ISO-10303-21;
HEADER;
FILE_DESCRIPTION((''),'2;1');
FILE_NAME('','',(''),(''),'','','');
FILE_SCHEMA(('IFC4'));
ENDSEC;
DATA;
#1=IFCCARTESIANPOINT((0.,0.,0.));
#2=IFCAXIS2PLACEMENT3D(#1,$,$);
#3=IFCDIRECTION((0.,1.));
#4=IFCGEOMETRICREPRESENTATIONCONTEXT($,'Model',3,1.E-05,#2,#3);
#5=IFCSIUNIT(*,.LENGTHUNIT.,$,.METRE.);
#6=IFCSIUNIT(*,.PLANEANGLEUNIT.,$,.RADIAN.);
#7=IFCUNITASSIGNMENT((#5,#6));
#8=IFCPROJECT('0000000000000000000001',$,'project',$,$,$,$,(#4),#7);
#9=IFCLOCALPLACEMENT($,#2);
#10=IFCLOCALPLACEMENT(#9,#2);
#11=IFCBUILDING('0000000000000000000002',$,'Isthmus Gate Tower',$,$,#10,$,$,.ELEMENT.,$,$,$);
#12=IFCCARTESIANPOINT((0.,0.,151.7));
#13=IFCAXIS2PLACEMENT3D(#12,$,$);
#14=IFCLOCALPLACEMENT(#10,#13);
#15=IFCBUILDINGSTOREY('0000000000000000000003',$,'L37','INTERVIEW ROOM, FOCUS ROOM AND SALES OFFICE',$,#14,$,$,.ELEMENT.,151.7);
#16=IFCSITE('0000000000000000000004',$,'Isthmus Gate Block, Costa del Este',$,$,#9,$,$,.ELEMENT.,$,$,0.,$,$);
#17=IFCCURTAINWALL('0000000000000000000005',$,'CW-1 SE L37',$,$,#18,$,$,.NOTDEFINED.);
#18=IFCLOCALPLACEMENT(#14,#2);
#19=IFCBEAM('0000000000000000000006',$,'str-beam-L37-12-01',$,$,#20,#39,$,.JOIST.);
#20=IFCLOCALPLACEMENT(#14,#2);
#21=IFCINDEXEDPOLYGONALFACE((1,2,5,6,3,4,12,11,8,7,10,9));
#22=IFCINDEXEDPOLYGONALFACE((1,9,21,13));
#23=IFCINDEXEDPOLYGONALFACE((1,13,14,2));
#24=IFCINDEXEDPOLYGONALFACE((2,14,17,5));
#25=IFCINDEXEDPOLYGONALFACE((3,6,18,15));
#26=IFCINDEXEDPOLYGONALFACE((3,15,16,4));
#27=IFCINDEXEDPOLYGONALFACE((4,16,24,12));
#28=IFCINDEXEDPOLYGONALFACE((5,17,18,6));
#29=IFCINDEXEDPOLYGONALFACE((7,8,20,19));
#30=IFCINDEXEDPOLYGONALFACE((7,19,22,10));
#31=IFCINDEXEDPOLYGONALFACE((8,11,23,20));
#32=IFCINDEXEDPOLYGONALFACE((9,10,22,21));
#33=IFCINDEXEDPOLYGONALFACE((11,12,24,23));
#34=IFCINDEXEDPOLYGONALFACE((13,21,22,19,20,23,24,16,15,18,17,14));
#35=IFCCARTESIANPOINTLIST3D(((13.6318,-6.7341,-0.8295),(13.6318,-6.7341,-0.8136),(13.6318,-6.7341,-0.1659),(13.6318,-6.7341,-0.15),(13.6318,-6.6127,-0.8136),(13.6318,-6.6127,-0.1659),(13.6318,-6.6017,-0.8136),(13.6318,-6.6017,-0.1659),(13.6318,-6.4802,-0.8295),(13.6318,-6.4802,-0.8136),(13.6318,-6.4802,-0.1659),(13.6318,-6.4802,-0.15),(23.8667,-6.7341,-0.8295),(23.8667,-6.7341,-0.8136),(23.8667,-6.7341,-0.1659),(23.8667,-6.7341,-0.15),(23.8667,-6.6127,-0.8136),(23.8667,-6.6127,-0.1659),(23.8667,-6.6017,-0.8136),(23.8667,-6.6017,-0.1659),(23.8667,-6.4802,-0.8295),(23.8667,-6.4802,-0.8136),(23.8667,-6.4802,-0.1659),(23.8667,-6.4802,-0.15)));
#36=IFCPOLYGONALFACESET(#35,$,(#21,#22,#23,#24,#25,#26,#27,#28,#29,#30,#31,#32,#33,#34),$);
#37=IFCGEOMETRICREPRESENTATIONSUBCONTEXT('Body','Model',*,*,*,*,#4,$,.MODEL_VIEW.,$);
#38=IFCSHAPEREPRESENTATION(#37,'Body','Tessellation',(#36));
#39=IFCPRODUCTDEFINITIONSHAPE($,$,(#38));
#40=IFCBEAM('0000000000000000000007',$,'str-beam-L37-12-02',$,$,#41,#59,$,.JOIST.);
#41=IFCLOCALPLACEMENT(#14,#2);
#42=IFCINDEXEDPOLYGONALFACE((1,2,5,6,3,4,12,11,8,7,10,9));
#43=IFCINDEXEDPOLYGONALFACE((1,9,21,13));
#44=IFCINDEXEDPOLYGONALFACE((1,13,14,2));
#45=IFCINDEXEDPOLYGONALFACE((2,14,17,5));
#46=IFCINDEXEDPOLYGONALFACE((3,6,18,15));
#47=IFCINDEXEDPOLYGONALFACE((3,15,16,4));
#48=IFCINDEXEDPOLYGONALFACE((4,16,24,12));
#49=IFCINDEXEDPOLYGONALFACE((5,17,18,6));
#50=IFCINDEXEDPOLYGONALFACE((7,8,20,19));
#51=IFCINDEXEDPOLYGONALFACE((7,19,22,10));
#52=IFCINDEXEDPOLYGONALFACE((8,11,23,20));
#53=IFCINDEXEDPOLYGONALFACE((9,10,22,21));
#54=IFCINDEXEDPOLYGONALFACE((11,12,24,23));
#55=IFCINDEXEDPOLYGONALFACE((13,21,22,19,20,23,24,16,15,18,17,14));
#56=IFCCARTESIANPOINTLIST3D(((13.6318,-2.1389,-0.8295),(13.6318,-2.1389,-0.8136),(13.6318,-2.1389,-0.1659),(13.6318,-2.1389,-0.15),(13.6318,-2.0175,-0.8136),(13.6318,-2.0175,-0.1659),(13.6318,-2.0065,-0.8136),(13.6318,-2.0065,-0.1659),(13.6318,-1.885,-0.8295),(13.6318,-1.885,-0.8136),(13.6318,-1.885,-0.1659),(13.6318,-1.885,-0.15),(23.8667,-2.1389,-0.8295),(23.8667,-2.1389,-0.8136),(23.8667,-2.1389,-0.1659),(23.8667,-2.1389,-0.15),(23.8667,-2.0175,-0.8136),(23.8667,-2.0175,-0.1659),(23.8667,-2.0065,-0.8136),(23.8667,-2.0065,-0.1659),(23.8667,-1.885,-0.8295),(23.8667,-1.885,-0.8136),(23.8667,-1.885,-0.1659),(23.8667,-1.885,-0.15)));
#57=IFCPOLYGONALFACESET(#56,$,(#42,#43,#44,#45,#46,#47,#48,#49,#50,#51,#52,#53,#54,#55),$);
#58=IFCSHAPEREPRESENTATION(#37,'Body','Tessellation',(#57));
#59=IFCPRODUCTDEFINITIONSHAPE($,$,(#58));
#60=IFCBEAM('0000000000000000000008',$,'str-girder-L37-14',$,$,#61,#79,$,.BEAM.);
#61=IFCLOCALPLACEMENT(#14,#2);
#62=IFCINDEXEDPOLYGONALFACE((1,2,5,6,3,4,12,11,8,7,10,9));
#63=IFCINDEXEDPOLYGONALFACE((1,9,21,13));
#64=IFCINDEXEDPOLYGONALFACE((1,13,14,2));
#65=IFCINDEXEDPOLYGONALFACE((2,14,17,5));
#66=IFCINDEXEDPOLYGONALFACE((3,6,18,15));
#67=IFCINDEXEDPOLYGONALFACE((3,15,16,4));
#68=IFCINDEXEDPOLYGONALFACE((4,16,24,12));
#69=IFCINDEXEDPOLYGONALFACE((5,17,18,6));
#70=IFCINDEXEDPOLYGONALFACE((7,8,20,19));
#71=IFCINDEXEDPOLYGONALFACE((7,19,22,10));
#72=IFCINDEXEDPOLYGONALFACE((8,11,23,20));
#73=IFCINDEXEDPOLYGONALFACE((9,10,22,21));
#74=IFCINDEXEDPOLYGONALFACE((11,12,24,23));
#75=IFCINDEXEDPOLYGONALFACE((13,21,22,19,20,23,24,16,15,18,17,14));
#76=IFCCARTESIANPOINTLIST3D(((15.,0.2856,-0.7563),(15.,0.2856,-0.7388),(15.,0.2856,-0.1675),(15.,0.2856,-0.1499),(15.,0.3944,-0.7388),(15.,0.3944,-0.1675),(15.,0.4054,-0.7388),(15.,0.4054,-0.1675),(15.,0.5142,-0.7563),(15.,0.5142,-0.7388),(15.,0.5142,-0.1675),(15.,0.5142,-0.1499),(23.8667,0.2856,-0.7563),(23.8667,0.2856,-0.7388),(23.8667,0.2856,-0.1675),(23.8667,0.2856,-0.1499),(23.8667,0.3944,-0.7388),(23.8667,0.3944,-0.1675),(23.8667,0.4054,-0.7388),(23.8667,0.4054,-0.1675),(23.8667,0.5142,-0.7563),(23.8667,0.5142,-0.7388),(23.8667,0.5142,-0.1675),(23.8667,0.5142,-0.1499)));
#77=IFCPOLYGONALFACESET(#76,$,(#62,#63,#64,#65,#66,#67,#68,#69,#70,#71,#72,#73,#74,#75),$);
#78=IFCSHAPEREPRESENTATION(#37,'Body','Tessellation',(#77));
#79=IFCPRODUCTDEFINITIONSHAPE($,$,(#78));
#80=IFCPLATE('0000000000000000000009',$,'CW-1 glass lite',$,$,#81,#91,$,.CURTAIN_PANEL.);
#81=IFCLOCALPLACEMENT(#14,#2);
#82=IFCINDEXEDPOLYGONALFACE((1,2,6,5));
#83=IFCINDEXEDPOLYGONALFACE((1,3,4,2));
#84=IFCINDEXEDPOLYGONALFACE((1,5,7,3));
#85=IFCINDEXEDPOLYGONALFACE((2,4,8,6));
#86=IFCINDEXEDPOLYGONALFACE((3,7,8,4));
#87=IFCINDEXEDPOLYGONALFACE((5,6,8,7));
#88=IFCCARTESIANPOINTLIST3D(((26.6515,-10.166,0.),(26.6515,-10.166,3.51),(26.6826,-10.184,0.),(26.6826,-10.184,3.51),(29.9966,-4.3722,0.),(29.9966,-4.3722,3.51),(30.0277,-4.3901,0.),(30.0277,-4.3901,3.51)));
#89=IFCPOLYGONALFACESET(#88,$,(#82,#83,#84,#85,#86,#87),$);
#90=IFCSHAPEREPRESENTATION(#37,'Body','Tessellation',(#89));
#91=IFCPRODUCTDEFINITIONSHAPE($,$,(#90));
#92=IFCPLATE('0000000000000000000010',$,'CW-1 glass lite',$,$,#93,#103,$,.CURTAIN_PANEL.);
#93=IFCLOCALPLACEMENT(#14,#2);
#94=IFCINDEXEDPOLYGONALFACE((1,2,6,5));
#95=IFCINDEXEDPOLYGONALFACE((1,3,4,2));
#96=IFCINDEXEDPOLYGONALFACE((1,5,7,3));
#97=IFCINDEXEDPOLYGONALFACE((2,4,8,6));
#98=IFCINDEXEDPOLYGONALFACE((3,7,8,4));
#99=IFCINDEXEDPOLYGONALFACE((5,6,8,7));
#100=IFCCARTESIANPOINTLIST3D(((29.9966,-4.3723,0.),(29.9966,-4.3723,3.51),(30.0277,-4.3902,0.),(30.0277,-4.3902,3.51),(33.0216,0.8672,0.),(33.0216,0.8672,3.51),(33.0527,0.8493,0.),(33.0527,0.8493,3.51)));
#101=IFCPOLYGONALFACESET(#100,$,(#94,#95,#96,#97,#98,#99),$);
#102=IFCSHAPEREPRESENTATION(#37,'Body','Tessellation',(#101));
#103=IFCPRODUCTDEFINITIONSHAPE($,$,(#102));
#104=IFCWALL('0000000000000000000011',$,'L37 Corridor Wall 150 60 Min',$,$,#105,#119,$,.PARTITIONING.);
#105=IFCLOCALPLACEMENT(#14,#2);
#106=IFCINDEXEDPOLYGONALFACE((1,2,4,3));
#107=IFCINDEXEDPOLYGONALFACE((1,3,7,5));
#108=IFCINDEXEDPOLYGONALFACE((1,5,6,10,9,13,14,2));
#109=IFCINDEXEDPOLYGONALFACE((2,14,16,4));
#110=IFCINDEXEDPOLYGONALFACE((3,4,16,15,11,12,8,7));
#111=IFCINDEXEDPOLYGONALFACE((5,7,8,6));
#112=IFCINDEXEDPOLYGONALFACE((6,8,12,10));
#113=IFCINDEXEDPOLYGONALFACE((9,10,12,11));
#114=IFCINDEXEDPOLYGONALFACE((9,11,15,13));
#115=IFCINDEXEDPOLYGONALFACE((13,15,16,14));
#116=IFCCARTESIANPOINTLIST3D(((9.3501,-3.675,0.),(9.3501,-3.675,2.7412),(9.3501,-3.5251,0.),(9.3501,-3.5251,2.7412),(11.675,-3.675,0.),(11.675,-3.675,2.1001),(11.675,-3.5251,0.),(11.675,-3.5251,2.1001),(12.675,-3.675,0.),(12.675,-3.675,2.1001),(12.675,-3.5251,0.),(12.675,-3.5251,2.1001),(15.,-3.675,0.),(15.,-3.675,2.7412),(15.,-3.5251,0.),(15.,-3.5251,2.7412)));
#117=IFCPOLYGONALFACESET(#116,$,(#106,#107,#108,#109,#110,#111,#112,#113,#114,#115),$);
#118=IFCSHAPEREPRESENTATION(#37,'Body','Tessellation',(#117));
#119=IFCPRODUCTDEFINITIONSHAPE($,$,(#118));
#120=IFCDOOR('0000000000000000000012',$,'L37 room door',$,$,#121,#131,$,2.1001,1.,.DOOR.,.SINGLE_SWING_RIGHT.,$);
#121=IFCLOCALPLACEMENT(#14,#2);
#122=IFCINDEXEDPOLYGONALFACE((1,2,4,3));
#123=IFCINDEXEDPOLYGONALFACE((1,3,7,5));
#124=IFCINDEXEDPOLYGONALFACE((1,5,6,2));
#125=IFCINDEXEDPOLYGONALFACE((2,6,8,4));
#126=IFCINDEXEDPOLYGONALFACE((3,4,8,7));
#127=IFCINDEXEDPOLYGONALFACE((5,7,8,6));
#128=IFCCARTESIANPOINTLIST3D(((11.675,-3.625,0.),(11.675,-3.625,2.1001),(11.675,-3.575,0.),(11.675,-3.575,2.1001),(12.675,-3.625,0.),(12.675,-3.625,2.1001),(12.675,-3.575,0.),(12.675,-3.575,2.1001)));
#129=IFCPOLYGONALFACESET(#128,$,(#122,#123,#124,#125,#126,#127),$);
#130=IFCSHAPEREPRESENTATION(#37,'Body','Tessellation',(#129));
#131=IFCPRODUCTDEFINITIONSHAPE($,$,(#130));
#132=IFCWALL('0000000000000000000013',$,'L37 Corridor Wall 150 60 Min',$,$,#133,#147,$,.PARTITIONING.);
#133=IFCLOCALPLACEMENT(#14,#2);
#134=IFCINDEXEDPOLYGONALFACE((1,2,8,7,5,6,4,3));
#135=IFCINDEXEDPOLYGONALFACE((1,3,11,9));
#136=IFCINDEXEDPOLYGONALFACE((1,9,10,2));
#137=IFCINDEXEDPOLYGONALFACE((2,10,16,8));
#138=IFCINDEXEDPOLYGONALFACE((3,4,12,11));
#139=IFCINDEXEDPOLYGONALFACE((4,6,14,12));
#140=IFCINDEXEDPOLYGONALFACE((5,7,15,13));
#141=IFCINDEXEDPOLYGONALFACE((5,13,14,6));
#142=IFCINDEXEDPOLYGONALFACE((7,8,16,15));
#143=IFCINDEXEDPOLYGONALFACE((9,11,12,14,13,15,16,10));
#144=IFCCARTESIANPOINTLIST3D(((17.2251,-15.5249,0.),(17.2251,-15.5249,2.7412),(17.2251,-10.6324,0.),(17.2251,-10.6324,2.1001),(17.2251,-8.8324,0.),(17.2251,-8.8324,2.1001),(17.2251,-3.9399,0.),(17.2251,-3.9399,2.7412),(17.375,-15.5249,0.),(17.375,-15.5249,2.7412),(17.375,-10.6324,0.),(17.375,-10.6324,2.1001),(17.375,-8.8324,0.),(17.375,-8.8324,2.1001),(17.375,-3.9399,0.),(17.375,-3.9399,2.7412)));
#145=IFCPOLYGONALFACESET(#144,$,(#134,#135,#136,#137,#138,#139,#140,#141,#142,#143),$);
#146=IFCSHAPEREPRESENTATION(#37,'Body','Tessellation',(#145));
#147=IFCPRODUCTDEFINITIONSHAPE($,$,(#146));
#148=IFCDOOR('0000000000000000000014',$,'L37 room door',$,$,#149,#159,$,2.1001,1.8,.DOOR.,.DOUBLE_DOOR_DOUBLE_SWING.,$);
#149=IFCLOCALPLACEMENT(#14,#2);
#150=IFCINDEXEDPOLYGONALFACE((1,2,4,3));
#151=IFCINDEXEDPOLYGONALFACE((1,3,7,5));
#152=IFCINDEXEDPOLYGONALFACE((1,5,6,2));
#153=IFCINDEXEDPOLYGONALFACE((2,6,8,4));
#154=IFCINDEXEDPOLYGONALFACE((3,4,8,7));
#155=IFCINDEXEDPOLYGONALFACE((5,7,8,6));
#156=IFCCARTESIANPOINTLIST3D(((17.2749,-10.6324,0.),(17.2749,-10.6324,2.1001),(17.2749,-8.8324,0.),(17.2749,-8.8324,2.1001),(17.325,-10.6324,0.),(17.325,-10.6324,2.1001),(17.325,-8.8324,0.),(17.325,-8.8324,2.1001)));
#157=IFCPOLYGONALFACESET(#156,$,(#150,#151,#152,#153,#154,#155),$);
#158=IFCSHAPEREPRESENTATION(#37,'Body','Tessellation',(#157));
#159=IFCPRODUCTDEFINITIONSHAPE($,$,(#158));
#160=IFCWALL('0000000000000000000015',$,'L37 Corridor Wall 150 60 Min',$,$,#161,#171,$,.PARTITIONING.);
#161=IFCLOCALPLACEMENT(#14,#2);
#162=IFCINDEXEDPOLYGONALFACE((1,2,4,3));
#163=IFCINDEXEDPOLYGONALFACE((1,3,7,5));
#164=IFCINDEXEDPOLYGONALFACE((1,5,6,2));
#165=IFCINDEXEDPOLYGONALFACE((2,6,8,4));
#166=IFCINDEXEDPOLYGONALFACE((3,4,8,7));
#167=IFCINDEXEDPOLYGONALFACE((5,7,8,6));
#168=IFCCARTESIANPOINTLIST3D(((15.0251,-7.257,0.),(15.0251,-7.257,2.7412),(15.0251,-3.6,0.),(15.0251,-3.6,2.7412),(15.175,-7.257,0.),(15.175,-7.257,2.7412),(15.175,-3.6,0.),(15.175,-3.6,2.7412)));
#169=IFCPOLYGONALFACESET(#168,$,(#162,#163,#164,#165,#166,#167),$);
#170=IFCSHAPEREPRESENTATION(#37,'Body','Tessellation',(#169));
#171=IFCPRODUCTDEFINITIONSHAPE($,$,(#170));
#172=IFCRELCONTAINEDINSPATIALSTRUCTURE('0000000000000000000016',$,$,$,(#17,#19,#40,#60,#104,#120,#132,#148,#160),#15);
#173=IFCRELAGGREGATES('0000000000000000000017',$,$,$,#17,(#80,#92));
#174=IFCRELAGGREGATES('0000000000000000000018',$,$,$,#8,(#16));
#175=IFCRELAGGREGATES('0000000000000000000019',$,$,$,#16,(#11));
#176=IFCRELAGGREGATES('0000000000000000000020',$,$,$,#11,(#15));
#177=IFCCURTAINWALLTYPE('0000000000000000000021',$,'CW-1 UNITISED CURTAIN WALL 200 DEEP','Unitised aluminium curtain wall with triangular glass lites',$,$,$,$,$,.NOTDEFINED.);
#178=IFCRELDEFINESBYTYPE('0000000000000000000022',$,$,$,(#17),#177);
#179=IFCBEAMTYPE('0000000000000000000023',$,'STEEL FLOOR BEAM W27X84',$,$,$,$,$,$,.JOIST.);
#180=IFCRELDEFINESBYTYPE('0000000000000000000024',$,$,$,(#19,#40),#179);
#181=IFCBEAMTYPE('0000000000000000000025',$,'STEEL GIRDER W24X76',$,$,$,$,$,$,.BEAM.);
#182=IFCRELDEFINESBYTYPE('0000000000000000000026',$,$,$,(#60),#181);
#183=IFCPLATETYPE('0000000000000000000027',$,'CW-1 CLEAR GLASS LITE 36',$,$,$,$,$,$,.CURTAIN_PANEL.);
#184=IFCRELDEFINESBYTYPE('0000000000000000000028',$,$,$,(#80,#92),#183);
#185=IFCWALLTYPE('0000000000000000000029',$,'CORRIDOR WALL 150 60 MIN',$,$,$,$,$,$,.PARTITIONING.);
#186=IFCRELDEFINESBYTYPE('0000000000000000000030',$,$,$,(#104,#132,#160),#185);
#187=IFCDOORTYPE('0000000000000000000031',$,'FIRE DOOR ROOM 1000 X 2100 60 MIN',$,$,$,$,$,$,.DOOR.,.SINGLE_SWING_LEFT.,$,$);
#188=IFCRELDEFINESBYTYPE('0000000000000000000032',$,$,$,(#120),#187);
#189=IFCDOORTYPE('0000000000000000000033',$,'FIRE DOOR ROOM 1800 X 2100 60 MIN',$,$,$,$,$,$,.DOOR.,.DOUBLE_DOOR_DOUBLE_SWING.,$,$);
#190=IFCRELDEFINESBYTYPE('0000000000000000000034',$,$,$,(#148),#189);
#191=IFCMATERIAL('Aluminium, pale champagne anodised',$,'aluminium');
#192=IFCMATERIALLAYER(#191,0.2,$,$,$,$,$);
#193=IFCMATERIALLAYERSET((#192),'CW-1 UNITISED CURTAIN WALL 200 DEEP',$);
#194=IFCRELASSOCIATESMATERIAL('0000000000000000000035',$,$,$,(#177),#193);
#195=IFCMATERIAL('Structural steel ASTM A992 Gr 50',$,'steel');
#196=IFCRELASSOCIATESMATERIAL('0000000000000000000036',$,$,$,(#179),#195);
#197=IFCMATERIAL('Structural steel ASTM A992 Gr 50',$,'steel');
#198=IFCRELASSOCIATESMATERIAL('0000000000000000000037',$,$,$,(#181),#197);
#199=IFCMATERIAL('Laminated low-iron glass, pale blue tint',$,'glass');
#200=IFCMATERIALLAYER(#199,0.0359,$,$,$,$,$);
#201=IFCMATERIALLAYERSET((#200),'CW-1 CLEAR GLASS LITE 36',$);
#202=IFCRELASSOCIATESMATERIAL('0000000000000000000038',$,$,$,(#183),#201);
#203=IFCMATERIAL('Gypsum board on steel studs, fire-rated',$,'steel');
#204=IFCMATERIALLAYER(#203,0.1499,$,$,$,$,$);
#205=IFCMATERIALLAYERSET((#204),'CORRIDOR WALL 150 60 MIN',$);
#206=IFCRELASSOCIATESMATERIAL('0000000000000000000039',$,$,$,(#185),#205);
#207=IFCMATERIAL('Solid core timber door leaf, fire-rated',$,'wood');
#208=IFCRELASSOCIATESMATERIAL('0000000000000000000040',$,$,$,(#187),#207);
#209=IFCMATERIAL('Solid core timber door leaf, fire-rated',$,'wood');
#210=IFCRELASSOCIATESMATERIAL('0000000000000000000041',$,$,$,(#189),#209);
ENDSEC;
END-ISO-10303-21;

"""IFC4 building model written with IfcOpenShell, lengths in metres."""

from ifc_helpers import new_model, si_unit, direction, frame, frame_2d, origin, origin_2d, place, context, subcontext, project, spatial, rectangle, i_section, extrude, material, layer, layer_set, material_profile, profile_set, type_object, element, fill, aggregate, save


model = new_model("IFC4")

# Units and contexts
model_context = context("Model", 3, precision=1e-05, world=origin(), true_north=direction((0.0, 1.0)))
body_context = subcontext(model_context, "Body", "Model", "MODEL_VIEW")
ifc_project = project(units=[si_unit("LENGTHUNIT", "METRE"), si_unit("PLANEANGLEUNIT", "RADIAN")], contexts=[model_context])

# Site, building, storey
site_placement = place(None, origin())
site = spatial("IfcSite", under=ifc_project, at=site_placement, Name="Isthmus Gate Block, Costa del Este", CompositionType="ELEMENT", RefElevation=0.0)
building_placement = place(site_placement, origin())
building = spatial("IfcBuilding", under=site, at=building_placement, Name="Isthmus Gate Tower", CompositionType="ELEMENT")
storey_placement = place(building_placement, frame((0.0, 0.0, 151.7)))
storey = spatial("IfcBuildingStorey", under=building, at=storey_placement, Name="L37", Description="INTERVIEW ROOM, FOCUS ROOM AND SALES OFFICE", CompositionType="ELEMENT", Elevation=151.7)

# Curtain wall
ifc_material_1 = material(Name="Aluminium, pale champagne anodised", Category="aluminium")
ifc_layer_1 = layer(ifc_material_1, 0.2)
ifc_layer_set_1 = layer_set([ifc_layer_1], Name="CW-1 UNITISED CURTAIN WALL 200 DEEP")
curtain_wall_type = type_object("IfcCurtainWallType", Name="CW-1 UNITISED CURTAIN WALL 200 DEEP", Description="Unitised aluminium curtain wall with triangular glass lites", PredefinedType="NOTDEFINED", material=ifc_layer_set_1)
curtain_wall_placement = place(storey_placement, origin())
curtain_wall = element("IfcCurtainWall", 1, at=curtain_wall_placement, inside=storey, type_object=curtain_wall_type, Name="CW-1 SE L37", PredefinedType="NOTDEFINED")

# Beams
ifc_material_2 = material(Name="Structural steel ASTM A992 Gr 50", Category="steel")
ifc_material_profile_1 = material_profile(ifc_material_2, i_section(OverallWidth=0.2539, OverallDepth=0.6794, WebThickness=0.011, FlangeThickness=0.0159, at=origin_2d()), Name="W27X84")
ifc_profile_set_1 = profile_set([ifc_material_profile_1], Name="Structural steel ASTM A992 Gr 50")
beam_type_1 = type_object("IfcBeamType", Name="STEEL FLOOR BEAM W27X84", PredefinedType="JOIST", material=ifc_profile_set_1)
for number, where, z_axis, x_axis, name in (
    (2, (13.6318, -6.6072, -0.4897), (1.0, 0.0, 0.0), (0.0, 1.0, 0.0), "str-beam-L37-12-01"),
    (3, (13.6318, -2.012, -0.4897), (1.0, 0.0, 0.0), (0.0, 1.0, 0.0), "str-beam-L37-12-02"),
):
    element("IfcBeam", number, at=place(storey_placement, frame(where, z_axis=z_axis, x_axis=x_axis)), inside=storey, type_object=beam_type_1, Name=name, PredefinedType="JOIST", context=body_context, shape_type="SweptSolid", body=[
        extrude(i_section(OverallWidth=0.2539, OverallDepth=0.6794, WebThickness=0.011, FlangeThickness=0.0159, at=origin_2d()), origin(), (0.0, 0.0, 1.0), 10.2349),
    ])
ifc_material_3 = material(Name="Structural steel ASTM A992 Gr 50", Category="steel")
ifc_material_profile_2 = material_profile(ifc_material_3, i_section(OverallWidth=0.2285, OverallDepth=0.6064, WebThickness=0.011, FlangeThickness=0.0176, at=origin_2d()), Name="W24X76")
ifc_profile_set_2 = profile_set([ifc_material_profile_2], Name="Structural steel ASTM A992 Gr 50")
beam_type_2 = type_object("IfcBeamType", Name="STEEL GIRDER W24X76", PredefinedType="BEAM", material=ifc_profile_set_2)
beam_1_placement = place(storey_placement, frame((15.0, 0.3999, -0.4531), z_axis=(1.0, 0.0, 0.0), x_axis=(0.0, 1.0, 0.0)))
element("IfcBeam", 4, at=beam_1_placement, inside=storey, type_object=beam_type_2, Name="str-girder-L37-14", PredefinedType="BEAM", context=body_context, shape_type="SweptSolid", body=[
    extrude(i_section(OverallWidth=0.2285, OverallDepth=0.6064, WebThickness=0.011, FlangeThickness=0.0176, at=origin_2d()), origin(), (0.0, 0.0, 1.0), 8.8667),
])

# Plates
ifc_material_4 = material(Name="Laminated low-iron glass, pale blue tint", Category="glass")
ifc_layer_2 = layer(ifc_material_4, 0.0359)
ifc_layer_set_2 = layer_set([ifc_layer_2], Name="CW-1 CLEAR GLASS LITE 36")
plate_type = type_object("IfcPlateType", Name="CW-1 CLEAR GLASS LITE 36", PredefinedType="CURTAIN_PANEL", material=ifc_layer_set_2)
plate_1_placement = place(storey_placement, frame((28.3396, -7.2781, 0.0), z_axis=(0.0, 0.0, 1.0), x_axis=(0.5, 0.866025, 0.0)))
plate_1 = element("IfcPlate", 5, at=plate_1_placement, type_object=plate_type, Name="CW-1 glass lite", PredefinedType="CURTAIN_PANEL", context=body_context, shape_type="SweptSolid", body=[
    extrude(rectangle(XDim=6.6902, YDim=0.0359, at=origin_2d()), origin(), (0.0, 0.0, 1.0), 3.51),
])
plate_2_placement = place(storey_placement, frame((31.5247, -1.7615, 0.0), z_axis=(0.0, 0.0, 1.0), x_axis=(0.5, 0.866025, 0.0)))
plate_2 = element("IfcPlate", 6, at=plate_2_placement, type_object=plate_type, Name="CW-1 glass lite", PredefinedType="CURTAIN_PANEL", context=body_context, shape_type="SweptSolid", body=[
    extrude(rectangle(XDim=6.05, YDim=0.0359, at=origin_2d()), origin(), (0.0, 0.0, 1.0), 3.51),
])
aggregate(curtain_wall, [plate_1, plate_2])

# Walls, openings, doors
ifc_material_5 = material(Name="Gypsum board on steel studs, fire-rated", Category="steel")
ifc_layer_3 = layer(ifc_material_5, 0.1499)
ifc_layer_set_3 = layer_set([ifc_layer_3], Name="CORRIDOR WALL 150 60 MIN")
wall_type_1 = type_object("IfcWallType", Name="CORRIDOR WALL 150 60 MIN", PredefinedType="PARTITIONING", material=ifc_layer_set_3)
wall_1_placement = place(storey_placement, frame((15.0, -3.6001, 0.0), z_axis=(0.0, 0.0, 1.0), x_axis=(-1.0, 0.0, 0.0)))
wall_1 = element("IfcWall", 7, at=wall_1_placement, inside=storey, type_object=wall_type_1, Name="L37 Corridor Wall 150 60 Min", PredefinedType="PARTITIONING", context=body_context, shape_type="SweptSolid", body=[
    extrude(rectangle(XDim=5.6499, YDim=0.1499, at=frame_2d((2.825, 0.0))), origin(), (0.0, 0.0, 1.0), 2.7412),
])
opening_1_placement = place(wall_1_placement, frame((2.325, 0.0, 0.0)))
opening_1 = element("IfcOpeningElement", 8, at=opening_1_placement, cuts=wall_1, PredefinedType="OPENING", context=body_context, shape_type="SweptSolid", body=[
    extrude(rectangle(XDim=1.0, YDim=2.1001, at=frame_2d((0.5, 1.05))), frame((0.0, 0.085, 0.0), z_axis=(0.0, -1.0, 0.0), x_axis=(1.0, 0.0, 0.0)), (0.0, 0.0, 1.0), 0.1699),
])
ifc_material_6 = material(Name="Solid core timber door leaf, fire-rated", Category="wood")
door_type_1 = type_object("IfcDoorType", Name="FIRE DOOR ROOM 1000 X 2100 60 MIN", OperationType="SINGLE_SWING_LEFT", PredefinedType="DOOR", material=ifc_material_6)
door_1_placement = place(opening_1_placement, origin())
door_1 = element("IfcDoor", 9, at=door_1_placement, inside=storey, type_object=door_type_1, Name="L37 room door", OperationType="SINGLE_SWING_RIGHT", OverallHeight=2.1001, OverallWidth=1.0, PredefinedType="DOOR", context=body_context, shape_type="SweptSolid", body=[
    extrude(rectangle(XDim=1.0, YDim=2.1001, at=frame_2d((0.5, 1.05))), frame((0.0, 0.0249, 0.0), z_axis=(0.0, -1.0, 0.0), x_axis=(1.0, 0.0, 0.0)), (0.0, 0.0, 1.0), 0.05),
])
fill(opening_1, door_1)
wall_2_placement = place(storey_placement, frame((17.3, -3.9399, 0.0), z_axis=(0.0, 0.0, 1.0), x_axis=(0.0, -1.0, 0.0)))
wall_2 = element("IfcWall", 10, at=wall_2_placement, inside=storey, type_object=wall_type_1, Name="L37 Corridor Wall 150 60 Min", PredefinedType="PARTITIONING", context=body_context, shape_type="SweptSolid", body=[
    extrude(rectangle(XDim=11.585, YDim=0.1499, at=frame_2d((5.7925, 0.0))), origin(), (0.0, 0.0, 1.0), 2.7412),
])
opening_2_placement = place(wall_2_placement, frame((4.8926, 0.0, 0.0)))
opening_2 = element("IfcOpeningElement", 11, at=opening_2_placement, cuts=wall_2, PredefinedType="OPENING", context=body_context, shape_type="SweptSolid", body=[
    extrude(rectangle(XDim=1.8, YDim=2.1001, at=frame_2d((0.8999, 1.05))), frame((0.0, 0.085, 0.0), z_axis=(0.0, -1.0, 0.0), x_axis=(1.0, 0.0, 0.0)), (0.0, 0.0, 1.0), 0.1699),
])
ifc_material_7 = material(Name="Solid core timber door leaf, fire-rated", Category="wood")
door_type_2 = type_object("IfcDoorType", Name="FIRE DOOR ROOM 1800 X 2100 60 MIN", OperationType="DOUBLE_DOOR_DOUBLE_SWING", PredefinedType="DOOR", material=ifc_material_7)
door_2_placement = place(opening_2_placement, origin())
door_2 = element("IfcDoor", 12, at=door_2_placement, inside=storey, type_object=door_type_2, Name="L37 room door", OperationType="DOUBLE_DOOR_DOUBLE_SWING", OverallHeight=2.1001, OverallWidth=1.8, PredefinedType="DOOR", context=body_context, shape_type="SweptSolid", body=[
    extrude(rectangle(XDim=1.8, YDim=2.1001, at=frame_2d((0.8999, 1.05))), frame((0.0, 0.0249, 0.0), z_axis=(0.0, -1.0, 0.0), x_axis=(1.0, 0.0, 0.0)), (0.0, 0.0, 1.0), 0.05),
])
fill(opening_2, door_2)

# Wall
wall_3_placement = place(storey_placement, frame((15.1001, -7.2571, 0.0), z_axis=(0.0, 0.0, 1.0), x_axis=(0.0, 1.0, 0.0)))
element("IfcWall", 13, at=wall_3_placement, inside=storey, type_object=wall_type_1, Name="L37 Corridor Wall 150 60 Min", PredefinedType="PARTITIONING", context=body_context, shape_type="SweptSolid", body=[
    extrude(rectangle(XDim=3.657, YDim=0.1499, at=frame_2d((1.8286, 0.0))), origin(), (0.0, 0.0, 1.0), 2.7412),
])

save(model, "model.ifc")
